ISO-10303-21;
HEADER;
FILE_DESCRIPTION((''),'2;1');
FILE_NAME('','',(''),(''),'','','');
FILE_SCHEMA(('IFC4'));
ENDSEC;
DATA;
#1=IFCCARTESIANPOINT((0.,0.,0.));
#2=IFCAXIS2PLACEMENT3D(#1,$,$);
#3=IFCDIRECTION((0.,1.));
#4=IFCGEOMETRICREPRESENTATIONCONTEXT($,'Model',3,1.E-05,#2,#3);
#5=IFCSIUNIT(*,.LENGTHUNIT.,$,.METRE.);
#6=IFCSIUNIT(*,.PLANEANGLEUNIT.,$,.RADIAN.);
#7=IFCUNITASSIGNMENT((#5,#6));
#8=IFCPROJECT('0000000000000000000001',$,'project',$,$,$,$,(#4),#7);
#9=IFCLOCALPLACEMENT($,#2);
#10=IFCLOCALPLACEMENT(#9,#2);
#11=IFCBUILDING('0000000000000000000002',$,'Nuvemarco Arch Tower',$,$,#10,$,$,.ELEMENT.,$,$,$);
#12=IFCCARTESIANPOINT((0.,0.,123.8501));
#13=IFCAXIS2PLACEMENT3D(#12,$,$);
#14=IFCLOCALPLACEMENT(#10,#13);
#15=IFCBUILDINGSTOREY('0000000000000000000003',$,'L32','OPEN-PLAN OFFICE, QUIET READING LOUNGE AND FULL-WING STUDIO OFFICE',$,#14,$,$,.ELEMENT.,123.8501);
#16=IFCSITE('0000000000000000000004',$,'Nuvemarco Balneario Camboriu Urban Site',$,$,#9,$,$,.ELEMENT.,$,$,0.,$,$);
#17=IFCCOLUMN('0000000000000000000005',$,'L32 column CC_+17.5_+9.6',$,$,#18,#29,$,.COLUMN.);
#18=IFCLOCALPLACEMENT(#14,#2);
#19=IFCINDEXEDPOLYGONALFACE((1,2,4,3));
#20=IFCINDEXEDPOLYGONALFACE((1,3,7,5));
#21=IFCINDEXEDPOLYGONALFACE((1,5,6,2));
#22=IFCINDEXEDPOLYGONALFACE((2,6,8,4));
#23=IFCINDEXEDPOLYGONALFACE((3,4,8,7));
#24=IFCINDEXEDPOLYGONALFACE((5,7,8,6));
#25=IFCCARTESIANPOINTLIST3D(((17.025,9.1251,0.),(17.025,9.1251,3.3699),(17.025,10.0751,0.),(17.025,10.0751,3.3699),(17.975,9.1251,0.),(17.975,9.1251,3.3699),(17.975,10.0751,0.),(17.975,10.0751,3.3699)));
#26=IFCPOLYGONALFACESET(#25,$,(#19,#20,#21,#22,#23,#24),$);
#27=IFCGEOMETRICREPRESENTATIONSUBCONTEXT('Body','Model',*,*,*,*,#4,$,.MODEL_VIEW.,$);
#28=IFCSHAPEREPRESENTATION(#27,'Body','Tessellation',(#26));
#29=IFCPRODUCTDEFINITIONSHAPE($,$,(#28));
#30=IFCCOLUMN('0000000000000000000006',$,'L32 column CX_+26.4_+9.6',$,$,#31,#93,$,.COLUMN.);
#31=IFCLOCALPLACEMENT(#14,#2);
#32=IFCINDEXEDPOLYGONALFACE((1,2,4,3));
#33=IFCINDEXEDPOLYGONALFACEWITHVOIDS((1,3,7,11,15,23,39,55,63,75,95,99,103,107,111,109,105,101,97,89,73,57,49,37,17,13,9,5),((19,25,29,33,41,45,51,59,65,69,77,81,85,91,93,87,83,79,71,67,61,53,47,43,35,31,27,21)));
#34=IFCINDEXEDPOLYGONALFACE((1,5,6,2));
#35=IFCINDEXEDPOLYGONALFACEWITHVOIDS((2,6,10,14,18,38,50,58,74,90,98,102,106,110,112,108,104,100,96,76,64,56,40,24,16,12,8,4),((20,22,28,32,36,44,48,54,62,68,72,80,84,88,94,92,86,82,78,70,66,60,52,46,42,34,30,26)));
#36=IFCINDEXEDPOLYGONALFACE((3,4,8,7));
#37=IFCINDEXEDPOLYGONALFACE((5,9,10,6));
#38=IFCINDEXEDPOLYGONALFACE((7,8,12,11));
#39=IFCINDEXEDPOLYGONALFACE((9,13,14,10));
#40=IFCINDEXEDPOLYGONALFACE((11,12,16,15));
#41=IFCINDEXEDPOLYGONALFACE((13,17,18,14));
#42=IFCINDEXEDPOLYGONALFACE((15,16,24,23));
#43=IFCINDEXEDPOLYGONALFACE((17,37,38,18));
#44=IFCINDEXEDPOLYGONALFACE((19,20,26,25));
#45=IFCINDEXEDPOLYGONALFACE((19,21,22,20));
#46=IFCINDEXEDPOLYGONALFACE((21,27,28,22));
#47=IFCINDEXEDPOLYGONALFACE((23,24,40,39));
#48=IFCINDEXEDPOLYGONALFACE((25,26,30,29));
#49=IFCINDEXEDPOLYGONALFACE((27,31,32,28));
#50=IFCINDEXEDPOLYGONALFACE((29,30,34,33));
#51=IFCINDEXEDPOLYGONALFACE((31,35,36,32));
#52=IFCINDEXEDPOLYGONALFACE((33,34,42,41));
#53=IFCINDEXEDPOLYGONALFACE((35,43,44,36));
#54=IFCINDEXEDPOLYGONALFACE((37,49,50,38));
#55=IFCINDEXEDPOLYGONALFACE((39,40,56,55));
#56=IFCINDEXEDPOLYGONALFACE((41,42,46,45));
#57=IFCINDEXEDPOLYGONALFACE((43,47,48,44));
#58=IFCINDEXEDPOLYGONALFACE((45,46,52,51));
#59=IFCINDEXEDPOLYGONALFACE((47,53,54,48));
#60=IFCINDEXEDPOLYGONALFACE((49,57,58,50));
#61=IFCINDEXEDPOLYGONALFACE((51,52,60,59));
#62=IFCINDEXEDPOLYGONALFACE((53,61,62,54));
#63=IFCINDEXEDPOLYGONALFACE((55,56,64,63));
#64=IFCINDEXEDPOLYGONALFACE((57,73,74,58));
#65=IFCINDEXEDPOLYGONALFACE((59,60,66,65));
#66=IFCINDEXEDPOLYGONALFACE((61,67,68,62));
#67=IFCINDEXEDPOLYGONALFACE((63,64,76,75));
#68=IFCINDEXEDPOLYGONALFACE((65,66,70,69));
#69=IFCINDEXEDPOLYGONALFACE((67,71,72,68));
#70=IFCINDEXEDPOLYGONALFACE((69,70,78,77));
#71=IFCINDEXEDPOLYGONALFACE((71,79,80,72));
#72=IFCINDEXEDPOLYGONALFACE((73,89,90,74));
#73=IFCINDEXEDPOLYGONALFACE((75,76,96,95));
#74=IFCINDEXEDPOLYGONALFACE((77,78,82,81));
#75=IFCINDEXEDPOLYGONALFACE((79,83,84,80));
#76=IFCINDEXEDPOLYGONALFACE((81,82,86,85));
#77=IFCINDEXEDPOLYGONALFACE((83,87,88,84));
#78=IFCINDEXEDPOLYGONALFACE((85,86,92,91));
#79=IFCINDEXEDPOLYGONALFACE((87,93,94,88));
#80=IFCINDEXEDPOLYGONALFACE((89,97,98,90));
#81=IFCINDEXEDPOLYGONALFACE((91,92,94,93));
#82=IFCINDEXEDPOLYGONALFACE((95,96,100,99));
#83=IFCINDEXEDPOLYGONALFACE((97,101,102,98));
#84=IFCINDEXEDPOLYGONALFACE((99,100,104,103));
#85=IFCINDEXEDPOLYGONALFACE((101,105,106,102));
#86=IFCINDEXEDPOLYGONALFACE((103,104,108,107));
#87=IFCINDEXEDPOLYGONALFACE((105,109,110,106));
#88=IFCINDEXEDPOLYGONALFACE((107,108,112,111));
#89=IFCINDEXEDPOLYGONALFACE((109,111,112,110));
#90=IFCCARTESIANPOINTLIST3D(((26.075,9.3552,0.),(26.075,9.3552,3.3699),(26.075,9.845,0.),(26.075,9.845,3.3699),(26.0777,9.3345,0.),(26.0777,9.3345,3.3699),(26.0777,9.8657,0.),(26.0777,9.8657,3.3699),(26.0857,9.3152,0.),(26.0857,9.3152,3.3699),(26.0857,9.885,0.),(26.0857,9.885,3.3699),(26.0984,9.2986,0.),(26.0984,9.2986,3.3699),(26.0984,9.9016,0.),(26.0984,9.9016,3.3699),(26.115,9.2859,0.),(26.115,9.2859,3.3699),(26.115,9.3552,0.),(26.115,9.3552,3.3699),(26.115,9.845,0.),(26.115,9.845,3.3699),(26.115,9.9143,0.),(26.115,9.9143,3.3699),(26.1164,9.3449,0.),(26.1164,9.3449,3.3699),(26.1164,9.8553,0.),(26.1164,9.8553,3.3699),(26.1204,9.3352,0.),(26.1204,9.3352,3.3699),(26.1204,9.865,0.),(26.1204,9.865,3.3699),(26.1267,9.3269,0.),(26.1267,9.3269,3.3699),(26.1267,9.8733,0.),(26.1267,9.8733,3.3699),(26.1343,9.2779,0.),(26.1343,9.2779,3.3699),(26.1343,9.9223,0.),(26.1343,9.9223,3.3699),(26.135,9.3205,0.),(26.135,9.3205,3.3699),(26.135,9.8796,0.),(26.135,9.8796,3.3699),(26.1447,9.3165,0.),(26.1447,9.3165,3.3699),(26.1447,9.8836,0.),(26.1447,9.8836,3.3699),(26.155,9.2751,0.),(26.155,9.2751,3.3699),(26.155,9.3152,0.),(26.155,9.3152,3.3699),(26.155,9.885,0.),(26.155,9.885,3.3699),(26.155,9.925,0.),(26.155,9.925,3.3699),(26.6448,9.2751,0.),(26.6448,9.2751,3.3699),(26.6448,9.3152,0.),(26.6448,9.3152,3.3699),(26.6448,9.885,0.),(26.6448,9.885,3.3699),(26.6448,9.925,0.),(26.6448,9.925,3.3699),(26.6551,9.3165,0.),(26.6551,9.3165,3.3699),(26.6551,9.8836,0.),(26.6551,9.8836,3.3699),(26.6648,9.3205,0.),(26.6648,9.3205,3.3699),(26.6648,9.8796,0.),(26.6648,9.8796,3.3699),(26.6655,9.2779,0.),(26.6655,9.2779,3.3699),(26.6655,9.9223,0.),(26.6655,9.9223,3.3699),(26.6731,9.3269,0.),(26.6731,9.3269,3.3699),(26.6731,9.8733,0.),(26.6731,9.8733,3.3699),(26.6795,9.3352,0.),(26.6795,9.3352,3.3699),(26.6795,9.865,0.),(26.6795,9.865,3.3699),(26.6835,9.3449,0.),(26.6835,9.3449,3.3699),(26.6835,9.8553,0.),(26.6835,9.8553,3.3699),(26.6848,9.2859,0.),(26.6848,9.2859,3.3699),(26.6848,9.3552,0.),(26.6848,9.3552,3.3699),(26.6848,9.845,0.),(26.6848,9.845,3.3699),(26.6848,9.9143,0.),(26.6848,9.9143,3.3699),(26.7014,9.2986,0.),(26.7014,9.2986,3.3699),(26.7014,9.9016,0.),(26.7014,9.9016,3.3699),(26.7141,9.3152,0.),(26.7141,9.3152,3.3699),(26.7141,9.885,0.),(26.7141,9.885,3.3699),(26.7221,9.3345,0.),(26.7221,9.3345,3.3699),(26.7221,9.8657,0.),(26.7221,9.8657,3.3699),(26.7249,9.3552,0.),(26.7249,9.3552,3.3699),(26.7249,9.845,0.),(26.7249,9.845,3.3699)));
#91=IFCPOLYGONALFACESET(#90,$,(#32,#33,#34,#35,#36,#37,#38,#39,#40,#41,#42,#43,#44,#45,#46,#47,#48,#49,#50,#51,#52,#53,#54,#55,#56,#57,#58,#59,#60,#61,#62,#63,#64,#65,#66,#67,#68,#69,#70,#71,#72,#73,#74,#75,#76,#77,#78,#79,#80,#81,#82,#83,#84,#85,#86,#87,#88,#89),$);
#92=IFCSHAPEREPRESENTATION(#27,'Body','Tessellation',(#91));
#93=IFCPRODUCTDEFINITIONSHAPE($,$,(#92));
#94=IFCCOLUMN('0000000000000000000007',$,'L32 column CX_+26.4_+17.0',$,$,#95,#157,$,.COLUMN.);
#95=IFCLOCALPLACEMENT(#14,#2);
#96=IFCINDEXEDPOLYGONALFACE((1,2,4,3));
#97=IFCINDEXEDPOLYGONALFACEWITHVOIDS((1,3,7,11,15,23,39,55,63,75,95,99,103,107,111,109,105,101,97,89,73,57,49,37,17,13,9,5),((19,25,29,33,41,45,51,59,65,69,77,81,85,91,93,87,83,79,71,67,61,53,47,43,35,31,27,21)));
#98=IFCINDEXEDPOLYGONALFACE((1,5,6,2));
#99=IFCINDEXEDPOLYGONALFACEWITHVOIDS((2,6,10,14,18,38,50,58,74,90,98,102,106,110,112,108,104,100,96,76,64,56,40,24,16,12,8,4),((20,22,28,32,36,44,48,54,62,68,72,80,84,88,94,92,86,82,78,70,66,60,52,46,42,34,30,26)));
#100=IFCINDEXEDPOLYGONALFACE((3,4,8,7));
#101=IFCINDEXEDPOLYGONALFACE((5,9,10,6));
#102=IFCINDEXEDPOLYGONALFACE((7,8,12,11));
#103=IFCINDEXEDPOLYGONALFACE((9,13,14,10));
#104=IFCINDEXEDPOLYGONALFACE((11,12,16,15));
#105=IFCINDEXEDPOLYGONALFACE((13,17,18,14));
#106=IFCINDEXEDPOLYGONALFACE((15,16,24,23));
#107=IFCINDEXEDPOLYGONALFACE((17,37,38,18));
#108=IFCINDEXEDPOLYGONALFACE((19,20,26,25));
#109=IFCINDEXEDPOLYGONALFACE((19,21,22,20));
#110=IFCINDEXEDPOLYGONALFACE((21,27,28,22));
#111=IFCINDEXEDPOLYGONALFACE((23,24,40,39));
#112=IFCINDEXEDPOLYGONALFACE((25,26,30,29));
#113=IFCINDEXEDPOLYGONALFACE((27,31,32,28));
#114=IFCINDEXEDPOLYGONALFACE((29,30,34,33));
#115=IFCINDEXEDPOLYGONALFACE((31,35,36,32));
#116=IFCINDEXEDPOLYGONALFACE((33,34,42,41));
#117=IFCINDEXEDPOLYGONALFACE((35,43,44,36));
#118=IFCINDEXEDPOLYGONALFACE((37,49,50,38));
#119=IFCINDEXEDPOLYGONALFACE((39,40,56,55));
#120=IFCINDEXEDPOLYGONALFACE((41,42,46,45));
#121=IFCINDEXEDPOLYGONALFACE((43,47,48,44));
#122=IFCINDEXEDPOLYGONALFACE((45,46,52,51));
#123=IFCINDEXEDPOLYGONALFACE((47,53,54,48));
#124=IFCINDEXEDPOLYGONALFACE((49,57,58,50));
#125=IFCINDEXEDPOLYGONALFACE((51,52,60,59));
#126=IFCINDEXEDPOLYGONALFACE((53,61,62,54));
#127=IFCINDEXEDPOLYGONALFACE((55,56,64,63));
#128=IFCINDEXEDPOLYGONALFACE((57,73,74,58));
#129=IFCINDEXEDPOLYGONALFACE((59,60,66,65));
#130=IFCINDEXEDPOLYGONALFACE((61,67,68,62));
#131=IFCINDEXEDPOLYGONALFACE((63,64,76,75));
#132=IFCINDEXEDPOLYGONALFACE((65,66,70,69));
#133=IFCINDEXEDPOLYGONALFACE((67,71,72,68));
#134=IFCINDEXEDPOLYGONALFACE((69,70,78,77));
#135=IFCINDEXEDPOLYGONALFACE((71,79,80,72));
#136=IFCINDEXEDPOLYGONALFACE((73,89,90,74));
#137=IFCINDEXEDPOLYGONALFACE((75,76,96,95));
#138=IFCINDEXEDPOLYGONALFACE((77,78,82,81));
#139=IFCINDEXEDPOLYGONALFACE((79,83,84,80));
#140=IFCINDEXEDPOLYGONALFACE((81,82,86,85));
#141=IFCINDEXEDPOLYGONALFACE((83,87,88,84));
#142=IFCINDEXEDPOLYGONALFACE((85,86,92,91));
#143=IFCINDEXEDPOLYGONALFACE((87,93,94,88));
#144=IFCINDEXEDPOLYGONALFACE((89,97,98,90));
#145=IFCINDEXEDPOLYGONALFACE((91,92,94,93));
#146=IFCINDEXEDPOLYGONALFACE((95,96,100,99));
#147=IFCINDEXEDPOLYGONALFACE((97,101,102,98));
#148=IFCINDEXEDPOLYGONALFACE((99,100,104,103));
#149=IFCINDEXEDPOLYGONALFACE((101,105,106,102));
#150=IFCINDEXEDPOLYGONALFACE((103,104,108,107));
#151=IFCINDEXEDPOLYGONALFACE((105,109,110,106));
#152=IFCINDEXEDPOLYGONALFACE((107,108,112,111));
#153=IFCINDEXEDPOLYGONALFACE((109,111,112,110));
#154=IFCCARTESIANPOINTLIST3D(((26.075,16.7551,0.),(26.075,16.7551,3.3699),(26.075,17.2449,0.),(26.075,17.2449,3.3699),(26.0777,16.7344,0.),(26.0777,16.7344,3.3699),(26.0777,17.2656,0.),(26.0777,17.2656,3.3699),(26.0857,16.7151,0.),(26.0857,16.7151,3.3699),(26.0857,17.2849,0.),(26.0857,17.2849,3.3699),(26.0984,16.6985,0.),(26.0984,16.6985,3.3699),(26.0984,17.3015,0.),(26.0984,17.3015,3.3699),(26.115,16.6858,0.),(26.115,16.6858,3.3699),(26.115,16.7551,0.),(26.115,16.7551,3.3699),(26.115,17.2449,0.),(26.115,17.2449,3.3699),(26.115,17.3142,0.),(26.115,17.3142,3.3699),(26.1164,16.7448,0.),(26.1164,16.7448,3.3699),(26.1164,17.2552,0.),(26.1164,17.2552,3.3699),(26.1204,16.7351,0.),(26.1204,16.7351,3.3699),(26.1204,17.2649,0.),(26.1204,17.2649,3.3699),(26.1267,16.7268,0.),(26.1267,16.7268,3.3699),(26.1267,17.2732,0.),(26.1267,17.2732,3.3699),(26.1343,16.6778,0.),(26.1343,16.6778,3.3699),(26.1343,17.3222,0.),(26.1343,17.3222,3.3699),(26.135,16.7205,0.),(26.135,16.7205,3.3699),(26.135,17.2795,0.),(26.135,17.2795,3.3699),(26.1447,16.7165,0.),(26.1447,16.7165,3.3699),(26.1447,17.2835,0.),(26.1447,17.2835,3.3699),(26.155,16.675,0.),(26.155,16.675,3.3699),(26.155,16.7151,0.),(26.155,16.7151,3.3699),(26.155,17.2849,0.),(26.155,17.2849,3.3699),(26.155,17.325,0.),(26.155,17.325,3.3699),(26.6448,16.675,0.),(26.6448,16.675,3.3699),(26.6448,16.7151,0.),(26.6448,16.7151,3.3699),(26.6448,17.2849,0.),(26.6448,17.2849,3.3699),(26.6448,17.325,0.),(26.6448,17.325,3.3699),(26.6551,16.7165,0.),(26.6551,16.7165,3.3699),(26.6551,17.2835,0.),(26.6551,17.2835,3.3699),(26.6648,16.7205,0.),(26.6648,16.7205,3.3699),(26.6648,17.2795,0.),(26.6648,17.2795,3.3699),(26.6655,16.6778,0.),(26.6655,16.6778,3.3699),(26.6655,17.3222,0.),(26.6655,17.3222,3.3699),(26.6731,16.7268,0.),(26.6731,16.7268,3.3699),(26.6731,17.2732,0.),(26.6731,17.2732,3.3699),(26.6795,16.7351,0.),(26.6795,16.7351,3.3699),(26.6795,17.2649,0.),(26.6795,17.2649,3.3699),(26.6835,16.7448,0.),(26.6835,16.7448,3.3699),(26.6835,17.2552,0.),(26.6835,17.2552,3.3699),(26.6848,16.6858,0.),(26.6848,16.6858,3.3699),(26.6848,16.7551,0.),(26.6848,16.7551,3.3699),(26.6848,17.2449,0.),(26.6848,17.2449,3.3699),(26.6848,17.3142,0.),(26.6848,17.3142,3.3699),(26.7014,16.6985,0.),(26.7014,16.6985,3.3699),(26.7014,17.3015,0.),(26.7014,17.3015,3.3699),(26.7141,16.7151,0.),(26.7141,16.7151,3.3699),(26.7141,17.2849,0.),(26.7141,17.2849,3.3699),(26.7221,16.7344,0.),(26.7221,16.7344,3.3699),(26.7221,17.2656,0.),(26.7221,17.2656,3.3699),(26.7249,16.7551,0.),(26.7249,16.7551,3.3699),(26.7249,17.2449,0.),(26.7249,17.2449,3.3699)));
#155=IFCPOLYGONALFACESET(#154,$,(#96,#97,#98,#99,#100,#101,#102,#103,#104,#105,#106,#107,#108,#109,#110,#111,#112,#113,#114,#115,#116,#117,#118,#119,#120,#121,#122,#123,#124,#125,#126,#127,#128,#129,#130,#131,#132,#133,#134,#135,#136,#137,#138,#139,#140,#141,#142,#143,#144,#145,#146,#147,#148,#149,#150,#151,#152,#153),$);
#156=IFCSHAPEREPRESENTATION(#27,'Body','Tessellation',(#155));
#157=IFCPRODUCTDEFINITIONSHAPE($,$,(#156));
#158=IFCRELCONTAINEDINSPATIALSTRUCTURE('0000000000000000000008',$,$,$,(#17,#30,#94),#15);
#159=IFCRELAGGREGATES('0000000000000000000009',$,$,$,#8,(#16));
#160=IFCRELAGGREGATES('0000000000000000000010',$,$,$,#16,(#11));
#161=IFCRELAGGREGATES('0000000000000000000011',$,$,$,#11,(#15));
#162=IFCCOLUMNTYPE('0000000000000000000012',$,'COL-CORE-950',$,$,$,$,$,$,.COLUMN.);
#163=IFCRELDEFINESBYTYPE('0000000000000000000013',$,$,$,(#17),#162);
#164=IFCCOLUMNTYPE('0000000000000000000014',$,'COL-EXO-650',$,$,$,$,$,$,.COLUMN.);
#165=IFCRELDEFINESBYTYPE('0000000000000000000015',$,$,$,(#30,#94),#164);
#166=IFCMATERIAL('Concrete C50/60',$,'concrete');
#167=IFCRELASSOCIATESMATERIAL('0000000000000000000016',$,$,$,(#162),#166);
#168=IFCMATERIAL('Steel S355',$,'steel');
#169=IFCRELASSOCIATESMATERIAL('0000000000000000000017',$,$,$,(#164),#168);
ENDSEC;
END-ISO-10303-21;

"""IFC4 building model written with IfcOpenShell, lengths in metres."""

from ifc_helpers import new_model, si_unit, direction, frame, origin, origin_2d, place, context, subcontext, project, spatial, rectangle, hollow_rectangle, extrude, material, material_profile, profile_set, type_object, element, save


model = new_model("IFC4")

# Units and contexts
model_context = context("Model", 3, precision=1e-05, world=origin(), true_north=direction((0.0, 1.0)))
body_context = subcontext(model_context, "Body", "Model", "MODEL_VIEW")
ifc_project = project(units=[si_unit("LENGTHUNIT", "METRE"), si_unit("PLANEANGLEUNIT", "RADIAN")], contexts=[model_context])

# Site, building, storey
site_placement = place(None, origin())
site = spatial("IfcSite", under=ifc_project, at=site_placement, Name="Nuvemarco Balneario Camboriu Urban Site", CompositionType="ELEMENT", RefElevation=0.0)
building_placement = place(site_placement, origin())
building = spatial("IfcBuilding", under=site, at=building_placement, Name="Nuvemarco Arch Tower", CompositionType="ELEMENT")
storey_placement = place(building_placement, frame((0.0, 0.0, 123.8501)))
storey = spatial("IfcBuildingStorey", under=building, at=storey_placement, Name="L32", Description="OPEN-PLAN OFFICE, QUIET READING LOUNGE AND FULL-WING STUDIO OFFICE", CompositionType="ELEMENT", Elevation=123.8501)

# Columns
ifc_material_1 = material(Name="Concrete C50/60", Category="concrete")
ifc_material_profile_1 = material_profile(ifc_material_1, rectangle(XDim=0.95, YDim=0.95, at=origin_2d()), Name="RC-COL-950x950")
ifc_profile_set_1 = profile_set([ifc_material_profile_1], Name="Concrete C50/60")
column_type_1 = type_object("IfcColumnType", Name="COL-CORE-950", PredefinedType="COLUMN", material=ifc_profile_set_1)
column_1_placement = place(storey_placement, frame((17.5, 9.6001, 0.0), z_axis=(0.0, 0.0, 1.0), x_axis=(1.0, 0.0, 0.0)))
element("IfcColumn", 1, at=column_1_placement, inside=storey, type_object=column_type_1, Name="L32 column CC_+17.5_+9.6", PredefinedType="COLUMN", context=body_context, shape_type="SweptSolid", body=[
    extrude(rectangle(XDim=0.95, YDim=0.95, at=origin_2d()), origin(), (0.0, 0.0, 1.0), 3.3699),
])
ifc_material_2 = material(Name="Steel S355", Category="steel")
ifc_material_profile_2 = material_profile(ifc_material_2, hollow_rectangle(XDim=0.6499, YDim=0.6499, WallThickness=0.04, InnerFilletRadius=0.04, OuterFilletRadius=0.0801, at=origin_2d()), Name="SHS650x650x40")
ifc_profile_set_2 = profile_set([ifc_material_profile_2], Name="Steel S355")
column_type_2 = type_object("IfcColumnType", Name="COL-EXO-650", PredefinedType="COLUMN", material=ifc_profile_set_2)
for number, where, z_axis, x_axis, name in (
    (2, (26.3999, 9.6001, 0.0), (0.0, 0.0, 1.0), (1.0, 0.0, 0.0), "L32 column CX_+26.4_+9.6"),
    (3, (26.3999, 17.0, 0.0), (0.0, 0.0, 1.0), (1.0, 0.0, 0.0), "L32 column CX_+26.4_+17.0"),
):
    element("IfcColumn", number, at=place(storey_placement, frame(where, z_axis=z_axis, x_axis=x_axis)), inside=storey, type_object=column_type_2, Name=name, PredefinedType="COLUMN", context=body_context, shape_type="SweptSolid", body=[
        extrude(hollow_rectangle(XDim=0.6499, YDim=0.6499, WallThickness=0.04, InnerFilletRadius=0.04, OuterFilletRadius=0.0801, at=origin_2d()), origin(), (0.0, 0.0, 1.0), 3.3699),
    ])

save(model, "model.ifc")
